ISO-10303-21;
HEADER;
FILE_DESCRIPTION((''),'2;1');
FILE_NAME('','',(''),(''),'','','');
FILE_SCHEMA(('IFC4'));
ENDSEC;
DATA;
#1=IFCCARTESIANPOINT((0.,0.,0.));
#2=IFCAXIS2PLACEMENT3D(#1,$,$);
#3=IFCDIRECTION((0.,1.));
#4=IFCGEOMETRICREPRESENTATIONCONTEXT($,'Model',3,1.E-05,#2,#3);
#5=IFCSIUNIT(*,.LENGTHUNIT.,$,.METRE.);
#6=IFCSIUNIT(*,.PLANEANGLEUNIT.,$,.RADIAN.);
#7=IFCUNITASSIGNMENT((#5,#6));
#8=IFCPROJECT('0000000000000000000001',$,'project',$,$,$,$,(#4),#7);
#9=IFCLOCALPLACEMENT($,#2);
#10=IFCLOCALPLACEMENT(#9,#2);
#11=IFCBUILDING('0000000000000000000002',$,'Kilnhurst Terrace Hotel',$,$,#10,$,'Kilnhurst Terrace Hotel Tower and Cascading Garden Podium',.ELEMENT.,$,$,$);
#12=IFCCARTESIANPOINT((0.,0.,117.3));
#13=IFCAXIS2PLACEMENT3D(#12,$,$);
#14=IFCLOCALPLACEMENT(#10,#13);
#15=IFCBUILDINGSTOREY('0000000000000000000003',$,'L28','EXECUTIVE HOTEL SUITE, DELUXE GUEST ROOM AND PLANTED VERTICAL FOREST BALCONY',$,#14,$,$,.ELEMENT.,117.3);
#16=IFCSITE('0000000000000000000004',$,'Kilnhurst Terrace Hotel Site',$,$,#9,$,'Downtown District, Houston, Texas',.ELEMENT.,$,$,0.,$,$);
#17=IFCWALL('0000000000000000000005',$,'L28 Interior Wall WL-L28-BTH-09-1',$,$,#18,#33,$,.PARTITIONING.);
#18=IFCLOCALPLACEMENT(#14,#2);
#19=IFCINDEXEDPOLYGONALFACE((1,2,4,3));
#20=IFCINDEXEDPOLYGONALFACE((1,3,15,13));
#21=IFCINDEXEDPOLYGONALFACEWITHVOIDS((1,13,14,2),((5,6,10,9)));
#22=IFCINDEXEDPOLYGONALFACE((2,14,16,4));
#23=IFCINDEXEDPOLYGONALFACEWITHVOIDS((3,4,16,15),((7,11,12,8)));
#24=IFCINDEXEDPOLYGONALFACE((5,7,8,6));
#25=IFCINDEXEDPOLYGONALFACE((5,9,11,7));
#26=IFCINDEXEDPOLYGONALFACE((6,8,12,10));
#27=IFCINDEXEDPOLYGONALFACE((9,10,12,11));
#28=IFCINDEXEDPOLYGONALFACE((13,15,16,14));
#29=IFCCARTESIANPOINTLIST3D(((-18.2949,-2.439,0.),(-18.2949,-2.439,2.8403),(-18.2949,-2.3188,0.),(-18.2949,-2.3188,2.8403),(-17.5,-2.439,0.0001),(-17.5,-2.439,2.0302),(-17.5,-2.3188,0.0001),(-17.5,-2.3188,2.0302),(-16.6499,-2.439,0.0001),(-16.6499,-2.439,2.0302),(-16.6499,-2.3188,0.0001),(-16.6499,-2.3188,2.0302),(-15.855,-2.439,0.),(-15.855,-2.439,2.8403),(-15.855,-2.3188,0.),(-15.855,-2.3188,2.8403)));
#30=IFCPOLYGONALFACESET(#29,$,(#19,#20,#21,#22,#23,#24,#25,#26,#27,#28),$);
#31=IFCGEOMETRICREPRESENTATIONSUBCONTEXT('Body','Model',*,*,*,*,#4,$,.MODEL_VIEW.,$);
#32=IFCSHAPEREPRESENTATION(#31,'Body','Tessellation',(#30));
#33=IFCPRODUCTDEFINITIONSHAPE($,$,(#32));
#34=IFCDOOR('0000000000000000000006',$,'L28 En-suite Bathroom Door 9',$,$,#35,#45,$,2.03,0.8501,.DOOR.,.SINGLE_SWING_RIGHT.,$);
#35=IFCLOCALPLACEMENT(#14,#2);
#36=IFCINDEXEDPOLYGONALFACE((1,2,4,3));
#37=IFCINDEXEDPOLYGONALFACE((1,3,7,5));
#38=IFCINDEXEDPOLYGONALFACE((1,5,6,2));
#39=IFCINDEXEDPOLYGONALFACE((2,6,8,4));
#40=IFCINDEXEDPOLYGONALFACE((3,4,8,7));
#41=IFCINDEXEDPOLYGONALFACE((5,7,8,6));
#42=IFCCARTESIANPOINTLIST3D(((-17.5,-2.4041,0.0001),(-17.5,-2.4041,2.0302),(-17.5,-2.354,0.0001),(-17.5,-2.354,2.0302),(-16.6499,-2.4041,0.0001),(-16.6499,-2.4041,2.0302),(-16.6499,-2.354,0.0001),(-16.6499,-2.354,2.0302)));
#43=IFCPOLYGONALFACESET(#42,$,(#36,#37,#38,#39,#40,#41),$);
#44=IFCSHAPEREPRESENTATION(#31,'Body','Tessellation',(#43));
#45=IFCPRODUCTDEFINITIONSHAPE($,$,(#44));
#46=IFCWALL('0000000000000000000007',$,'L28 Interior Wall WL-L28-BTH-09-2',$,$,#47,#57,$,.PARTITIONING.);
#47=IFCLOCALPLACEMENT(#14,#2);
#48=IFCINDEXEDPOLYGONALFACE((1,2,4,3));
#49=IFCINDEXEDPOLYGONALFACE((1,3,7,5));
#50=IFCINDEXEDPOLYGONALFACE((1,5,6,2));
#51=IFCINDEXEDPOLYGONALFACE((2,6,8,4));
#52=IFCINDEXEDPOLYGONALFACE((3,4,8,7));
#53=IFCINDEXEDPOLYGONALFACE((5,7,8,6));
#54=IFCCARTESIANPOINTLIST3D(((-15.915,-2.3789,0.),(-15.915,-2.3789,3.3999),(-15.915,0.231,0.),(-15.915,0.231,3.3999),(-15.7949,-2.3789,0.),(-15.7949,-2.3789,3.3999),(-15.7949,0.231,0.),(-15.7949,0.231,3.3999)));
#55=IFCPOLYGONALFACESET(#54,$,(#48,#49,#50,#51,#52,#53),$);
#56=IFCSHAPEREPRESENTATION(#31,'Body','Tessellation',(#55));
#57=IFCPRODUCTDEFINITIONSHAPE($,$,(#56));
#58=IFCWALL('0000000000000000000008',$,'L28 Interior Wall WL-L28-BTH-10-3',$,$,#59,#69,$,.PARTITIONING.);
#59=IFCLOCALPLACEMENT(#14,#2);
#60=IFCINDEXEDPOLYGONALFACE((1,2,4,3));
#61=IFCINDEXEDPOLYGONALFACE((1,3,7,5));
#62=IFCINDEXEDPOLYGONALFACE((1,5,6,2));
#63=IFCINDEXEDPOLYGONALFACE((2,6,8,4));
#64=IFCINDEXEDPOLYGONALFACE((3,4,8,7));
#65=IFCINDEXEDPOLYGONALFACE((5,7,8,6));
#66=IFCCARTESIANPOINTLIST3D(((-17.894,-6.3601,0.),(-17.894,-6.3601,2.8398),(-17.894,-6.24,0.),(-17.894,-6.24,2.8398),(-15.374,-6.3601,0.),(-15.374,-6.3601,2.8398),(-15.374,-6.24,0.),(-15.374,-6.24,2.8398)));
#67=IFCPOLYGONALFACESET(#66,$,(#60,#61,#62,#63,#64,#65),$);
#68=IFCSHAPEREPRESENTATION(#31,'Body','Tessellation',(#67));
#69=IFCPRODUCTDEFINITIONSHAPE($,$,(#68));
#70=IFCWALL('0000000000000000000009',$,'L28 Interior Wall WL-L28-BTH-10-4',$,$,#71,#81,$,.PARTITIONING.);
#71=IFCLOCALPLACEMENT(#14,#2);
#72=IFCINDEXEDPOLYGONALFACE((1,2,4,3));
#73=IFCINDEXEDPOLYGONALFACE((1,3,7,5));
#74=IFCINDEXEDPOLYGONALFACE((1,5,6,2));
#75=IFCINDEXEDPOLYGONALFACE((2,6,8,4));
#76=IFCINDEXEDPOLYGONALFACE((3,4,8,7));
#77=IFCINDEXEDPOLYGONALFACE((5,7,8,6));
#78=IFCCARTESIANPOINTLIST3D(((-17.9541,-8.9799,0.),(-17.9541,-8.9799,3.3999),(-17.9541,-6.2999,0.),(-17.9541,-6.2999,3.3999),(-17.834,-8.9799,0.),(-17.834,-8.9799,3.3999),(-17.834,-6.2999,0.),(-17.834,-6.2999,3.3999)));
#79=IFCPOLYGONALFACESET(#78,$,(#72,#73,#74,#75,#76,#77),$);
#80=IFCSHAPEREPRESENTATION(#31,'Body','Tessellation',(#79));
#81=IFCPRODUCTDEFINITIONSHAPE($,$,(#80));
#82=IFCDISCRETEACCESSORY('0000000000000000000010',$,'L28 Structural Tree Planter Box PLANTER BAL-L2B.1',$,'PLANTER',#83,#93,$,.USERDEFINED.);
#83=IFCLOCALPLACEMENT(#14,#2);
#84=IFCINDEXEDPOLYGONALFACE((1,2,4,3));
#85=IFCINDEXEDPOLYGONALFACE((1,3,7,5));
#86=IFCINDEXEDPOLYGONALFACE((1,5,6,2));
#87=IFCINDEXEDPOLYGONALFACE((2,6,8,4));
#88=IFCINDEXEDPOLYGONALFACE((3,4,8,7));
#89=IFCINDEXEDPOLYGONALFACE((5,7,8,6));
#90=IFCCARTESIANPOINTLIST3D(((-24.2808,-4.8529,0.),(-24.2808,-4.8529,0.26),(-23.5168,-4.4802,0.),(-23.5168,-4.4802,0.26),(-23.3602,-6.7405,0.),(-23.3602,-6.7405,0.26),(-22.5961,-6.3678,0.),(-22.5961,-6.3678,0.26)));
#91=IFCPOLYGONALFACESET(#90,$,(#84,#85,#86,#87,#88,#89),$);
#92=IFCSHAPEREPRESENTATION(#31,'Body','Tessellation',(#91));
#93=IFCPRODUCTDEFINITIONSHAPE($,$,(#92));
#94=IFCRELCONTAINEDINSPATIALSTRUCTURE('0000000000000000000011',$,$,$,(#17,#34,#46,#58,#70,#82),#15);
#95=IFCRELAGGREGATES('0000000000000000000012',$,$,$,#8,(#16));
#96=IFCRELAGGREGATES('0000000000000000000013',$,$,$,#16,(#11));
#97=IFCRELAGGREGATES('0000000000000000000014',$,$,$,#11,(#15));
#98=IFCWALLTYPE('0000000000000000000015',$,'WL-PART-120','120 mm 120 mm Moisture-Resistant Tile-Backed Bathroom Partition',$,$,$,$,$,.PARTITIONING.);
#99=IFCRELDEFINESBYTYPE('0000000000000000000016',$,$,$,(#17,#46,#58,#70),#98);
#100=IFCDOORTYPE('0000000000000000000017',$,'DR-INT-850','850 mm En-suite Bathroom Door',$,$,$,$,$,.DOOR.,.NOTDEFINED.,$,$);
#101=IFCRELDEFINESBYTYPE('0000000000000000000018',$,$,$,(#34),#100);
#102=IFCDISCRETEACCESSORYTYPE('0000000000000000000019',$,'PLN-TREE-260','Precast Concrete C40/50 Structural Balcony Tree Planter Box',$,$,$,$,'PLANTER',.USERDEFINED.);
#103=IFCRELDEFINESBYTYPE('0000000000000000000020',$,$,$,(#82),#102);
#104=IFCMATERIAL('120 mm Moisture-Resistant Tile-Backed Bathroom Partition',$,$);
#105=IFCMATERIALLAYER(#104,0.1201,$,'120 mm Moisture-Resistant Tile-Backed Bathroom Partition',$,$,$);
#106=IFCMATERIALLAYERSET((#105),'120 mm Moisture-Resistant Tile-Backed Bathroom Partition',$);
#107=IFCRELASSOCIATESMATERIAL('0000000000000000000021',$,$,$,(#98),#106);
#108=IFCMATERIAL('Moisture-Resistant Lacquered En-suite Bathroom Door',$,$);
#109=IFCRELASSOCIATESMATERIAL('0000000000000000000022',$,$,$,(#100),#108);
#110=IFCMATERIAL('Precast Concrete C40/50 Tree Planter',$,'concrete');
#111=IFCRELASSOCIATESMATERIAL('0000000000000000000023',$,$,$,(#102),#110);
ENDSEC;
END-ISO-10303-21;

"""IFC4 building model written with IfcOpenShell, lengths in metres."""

from ifc_helpers import new_model, si_unit, direction, frame, frame_2d, origin, origin_2d, place, context, subcontext, project, spatial, rectangle, extrude, material, layer, layer_set, type_object, element, fill, save


model = new_model("IFC4")

# Units and contexts
model_context = context("Model", 3, precision=1e-05, world=origin(), true_north=direction((0.0, 1.0)))
body_context = subcontext(model_context, "Body", "Model", "MODEL_VIEW")
ifc_project = project(units=[si_unit("LENGTHUNIT", "METRE"), si_unit("PLANEANGLEUNIT", "RADIAN")], contexts=[model_context])

# Site, building, storey
site_placement = place(None, origin())
site = spatial("IfcSite", under=ifc_project, at=site_placement, Name="Kilnhurst Terrace Hotel Site", LongName="Downtown District, Houston, Texas", CompositionType="ELEMENT", RefElevation=0.0)
building_placement = place(site_placement, origin())
building = spatial("IfcBuilding", under=site, at=building_placement, Name="Kilnhurst Terrace Hotel", LongName="Kilnhurst Terrace Hotel Tower and Cascading Garden Podium", CompositionType="ELEMENT")
storey_placement = place(building_placement, frame((0.0, 0.0, 117.3)))
storey = spatial("IfcBuildingStorey", under=building, at=storey_placement, Name="L28", Description="EXECUTIVE HOTEL SUITE, DELUXE GUEST ROOM AND PLANTED VERTICAL FOREST BALCONY", CompositionType="ELEMENT", Elevation=117.3)

# Wall, opening, door
ifc_material_1 = material(Name="120 mm Moisture-Resistant Tile-Backed Bathroom Partition")
ifc_layer_1 = layer(ifc_material_1, 0.1201, Name="120 mm Moisture-Resistant Tile-Backed Bathroom Partition")
ifc_layer_set_1 = layer_set([ifc_layer_1], Name="120 mm Moisture-Resistant Tile-Backed Bathroom Partition")
wall_type_1 = type_object("IfcWallType", Name="WL-PART-120", Description="120 mm 120 mm Moisture-Resistant Tile-Backed Bathroom Partition", PredefinedType="PARTITIONING", material=ifc_layer_set_1)
wall_1_placement = place(storey_placement, frame((-18.2949, -2.3789, 0.0), z_axis=(0.0, 0.0, 1.0), x_axis=(1.0, 0.0, 0.0)))
wall_1 = element("IfcWall", 1, at=wall_1_placement, inside=storey, type_object=wall_type_1, Name="L28 Interior Wall WL-L28-BTH-09-1", PredefinedType="PARTITIONING", context=body_context, shape_type="SweptSolid", body=[
    extrude(rectangle(XDim=2.4399, YDim=0.1201, at=frame_2d((1.22, 0.0))), origin(), (0.0, 0.0, 1.0), 2.8403),
])
opening_1_placement = place(wall_1_placement, frame((0.7949, 0.0, 0.0)))
opening_1 = element("IfcOpeningElement", 2, at=opening_1_placement, cuts=wall_1, PredefinedType="OPENING", context=body_context, shape_type="SweptSolid", body=[
    extrude(rectangle(XDim=0.8501, YDim=2.03, at=frame_2d((0.425, 1.0151))), frame((0.0, 0.0701, 0.0), z_axis=(0.0, -1.0, 0.0), x_axis=(1.0, 0.0, 0.0)), (0.0, 0.0, 1.0), 0.1401),
])
ifc_material_2 = material(Name="Moisture-Resistant Lacquered En-suite Bathroom Door")
door_type_1 = type_object("IfcDoorType", Name="DR-INT-850", Description="850 mm En-suite Bathroom Door", OperationType="NOTDEFINED", PredefinedType="DOOR", material=ifc_material_2)
door_1_placement = place(opening_1_placement, origin())
door_1 = element("IfcDoor", 3, at=door_1_placement, inside=storey, type_object=door_type_1, Name="L28 En-suite Bathroom Door 9", OperationType="SINGLE_SWING_RIGHT", OverallHeight=2.03, OverallWidth=0.8501, PredefinedType="DOOR", context=body_context, shape_type="SweptSolid", body=[
    extrude(rectangle(XDim=0.8501, YDim=2.03, at=frame_2d((0.425, 1.0151))), frame((0.0, 0.0249, 0.0), z_axis=(0.0, -1.0, 0.0), x_axis=(1.0, 0.0, 0.0)), (0.0, 0.0, 1.0), 0.05),
])
fill(opening_1, door_1)

# Walls
wall_2_placement = place(storey_placement, frame((-15.855, -2.3789, 0.0), z_axis=(0.0, 0.0, 1.0), x_axis=(0.0, 1.0, 0.0)))
element("IfcWall", 4, at=wall_2_placement, inside=storey, type_object=wall_type_1, Name="L28 Interior Wall WL-L28-BTH-09-2", PredefinedType="PARTITIONING", context=body_context, shape_type="SweptSolid", body=[
    extrude(rectangle(XDim=2.6099, YDim=0.1201, at=frame_2d((1.3049, 0.0))), origin(), (0.0, 0.0, 1.0), 3.3999),
])
wall_3_placement = place(storey_placement, frame((-15.374, -6.3, 0.0), z_axis=(0.0, 0.0, 1.0), x_axis=(-1.0, 0.0, 0.0)))
element("IfcWall", 5, at=wall_3_placement, inside=storey, type_object=wall_type_1, Name="L28 Interior Wall WL-L28-BTH-10-3", PredefinedType="PARTITIONING", context=body_context, shape_type="SweptSolid", body=[
    extrude(rectangle(XDim=2.52, YDim=0.1201, at=frame_2d((1.26, 0.0))), origin(), (0.0, 0.0, 1.0), 2.8398),
])
wall_4_placement = place(storey_placement, frame((-17.894, -6.3, 0.0), z_axis=(0.0, 0.0, 1.0), x_axis=(0.0, -1.0, 0.0)))
element("IfcWall", 6, at=wall_4_placement, inside=storey, type_object=wall_type_1, Name="L28 Interior Wall WL-L28-BTH-10-4", PredefinedType="PARTITIONING", context=body_context, shape_type="SweptSolid", body=[
    extrude(rectangle(XDim=2.6799, YDim=0.1201, at=frame_2d((1.3398, 0.0))), origin(), (0.0, 0.0, 1.0), 3.3999),
])

# Discrete accessory
ifc_material_3 = material(Name="Precast Concrete C40/50 Tree Planter", Category="concrete")
discrete_accessory_type = type_object("IfcDiscreteAccessoryType", Name="PLN-TREE-260", Description="Precast Concrete C40/50 Structural Balcony Tree Planter Box", ElementType="PLANTER", PredefinedType="USERDEFINED", material=ifc_material_3)
discrete_accessory_placement = place(storey_placement, frame((-23.4385, -5.6104, 0.0), z_axis=(0.0, 0.0, 1.0), x_axis=(0.438387, -0.898786, 0.0)))
element("IfcDiscreteAccessory", 7, at=discrete_accessory_placement, inside=storey, type_object=discrete_accessory_type, Name="L28 Structural Tree Planter Box PLANTER BAL-L2B.1", ObjectType="PLANTER", PredefinedType="USERDEFINED", context=body_context, shape_type="SweptSolid", body=[
    extrude(rectangle(XDim=2.1001, YDim=0.8501, at=origin_2d()), origin(), (0.0, 0.0, 1.0), 0.26),
])

save(model, "model.ifc")
